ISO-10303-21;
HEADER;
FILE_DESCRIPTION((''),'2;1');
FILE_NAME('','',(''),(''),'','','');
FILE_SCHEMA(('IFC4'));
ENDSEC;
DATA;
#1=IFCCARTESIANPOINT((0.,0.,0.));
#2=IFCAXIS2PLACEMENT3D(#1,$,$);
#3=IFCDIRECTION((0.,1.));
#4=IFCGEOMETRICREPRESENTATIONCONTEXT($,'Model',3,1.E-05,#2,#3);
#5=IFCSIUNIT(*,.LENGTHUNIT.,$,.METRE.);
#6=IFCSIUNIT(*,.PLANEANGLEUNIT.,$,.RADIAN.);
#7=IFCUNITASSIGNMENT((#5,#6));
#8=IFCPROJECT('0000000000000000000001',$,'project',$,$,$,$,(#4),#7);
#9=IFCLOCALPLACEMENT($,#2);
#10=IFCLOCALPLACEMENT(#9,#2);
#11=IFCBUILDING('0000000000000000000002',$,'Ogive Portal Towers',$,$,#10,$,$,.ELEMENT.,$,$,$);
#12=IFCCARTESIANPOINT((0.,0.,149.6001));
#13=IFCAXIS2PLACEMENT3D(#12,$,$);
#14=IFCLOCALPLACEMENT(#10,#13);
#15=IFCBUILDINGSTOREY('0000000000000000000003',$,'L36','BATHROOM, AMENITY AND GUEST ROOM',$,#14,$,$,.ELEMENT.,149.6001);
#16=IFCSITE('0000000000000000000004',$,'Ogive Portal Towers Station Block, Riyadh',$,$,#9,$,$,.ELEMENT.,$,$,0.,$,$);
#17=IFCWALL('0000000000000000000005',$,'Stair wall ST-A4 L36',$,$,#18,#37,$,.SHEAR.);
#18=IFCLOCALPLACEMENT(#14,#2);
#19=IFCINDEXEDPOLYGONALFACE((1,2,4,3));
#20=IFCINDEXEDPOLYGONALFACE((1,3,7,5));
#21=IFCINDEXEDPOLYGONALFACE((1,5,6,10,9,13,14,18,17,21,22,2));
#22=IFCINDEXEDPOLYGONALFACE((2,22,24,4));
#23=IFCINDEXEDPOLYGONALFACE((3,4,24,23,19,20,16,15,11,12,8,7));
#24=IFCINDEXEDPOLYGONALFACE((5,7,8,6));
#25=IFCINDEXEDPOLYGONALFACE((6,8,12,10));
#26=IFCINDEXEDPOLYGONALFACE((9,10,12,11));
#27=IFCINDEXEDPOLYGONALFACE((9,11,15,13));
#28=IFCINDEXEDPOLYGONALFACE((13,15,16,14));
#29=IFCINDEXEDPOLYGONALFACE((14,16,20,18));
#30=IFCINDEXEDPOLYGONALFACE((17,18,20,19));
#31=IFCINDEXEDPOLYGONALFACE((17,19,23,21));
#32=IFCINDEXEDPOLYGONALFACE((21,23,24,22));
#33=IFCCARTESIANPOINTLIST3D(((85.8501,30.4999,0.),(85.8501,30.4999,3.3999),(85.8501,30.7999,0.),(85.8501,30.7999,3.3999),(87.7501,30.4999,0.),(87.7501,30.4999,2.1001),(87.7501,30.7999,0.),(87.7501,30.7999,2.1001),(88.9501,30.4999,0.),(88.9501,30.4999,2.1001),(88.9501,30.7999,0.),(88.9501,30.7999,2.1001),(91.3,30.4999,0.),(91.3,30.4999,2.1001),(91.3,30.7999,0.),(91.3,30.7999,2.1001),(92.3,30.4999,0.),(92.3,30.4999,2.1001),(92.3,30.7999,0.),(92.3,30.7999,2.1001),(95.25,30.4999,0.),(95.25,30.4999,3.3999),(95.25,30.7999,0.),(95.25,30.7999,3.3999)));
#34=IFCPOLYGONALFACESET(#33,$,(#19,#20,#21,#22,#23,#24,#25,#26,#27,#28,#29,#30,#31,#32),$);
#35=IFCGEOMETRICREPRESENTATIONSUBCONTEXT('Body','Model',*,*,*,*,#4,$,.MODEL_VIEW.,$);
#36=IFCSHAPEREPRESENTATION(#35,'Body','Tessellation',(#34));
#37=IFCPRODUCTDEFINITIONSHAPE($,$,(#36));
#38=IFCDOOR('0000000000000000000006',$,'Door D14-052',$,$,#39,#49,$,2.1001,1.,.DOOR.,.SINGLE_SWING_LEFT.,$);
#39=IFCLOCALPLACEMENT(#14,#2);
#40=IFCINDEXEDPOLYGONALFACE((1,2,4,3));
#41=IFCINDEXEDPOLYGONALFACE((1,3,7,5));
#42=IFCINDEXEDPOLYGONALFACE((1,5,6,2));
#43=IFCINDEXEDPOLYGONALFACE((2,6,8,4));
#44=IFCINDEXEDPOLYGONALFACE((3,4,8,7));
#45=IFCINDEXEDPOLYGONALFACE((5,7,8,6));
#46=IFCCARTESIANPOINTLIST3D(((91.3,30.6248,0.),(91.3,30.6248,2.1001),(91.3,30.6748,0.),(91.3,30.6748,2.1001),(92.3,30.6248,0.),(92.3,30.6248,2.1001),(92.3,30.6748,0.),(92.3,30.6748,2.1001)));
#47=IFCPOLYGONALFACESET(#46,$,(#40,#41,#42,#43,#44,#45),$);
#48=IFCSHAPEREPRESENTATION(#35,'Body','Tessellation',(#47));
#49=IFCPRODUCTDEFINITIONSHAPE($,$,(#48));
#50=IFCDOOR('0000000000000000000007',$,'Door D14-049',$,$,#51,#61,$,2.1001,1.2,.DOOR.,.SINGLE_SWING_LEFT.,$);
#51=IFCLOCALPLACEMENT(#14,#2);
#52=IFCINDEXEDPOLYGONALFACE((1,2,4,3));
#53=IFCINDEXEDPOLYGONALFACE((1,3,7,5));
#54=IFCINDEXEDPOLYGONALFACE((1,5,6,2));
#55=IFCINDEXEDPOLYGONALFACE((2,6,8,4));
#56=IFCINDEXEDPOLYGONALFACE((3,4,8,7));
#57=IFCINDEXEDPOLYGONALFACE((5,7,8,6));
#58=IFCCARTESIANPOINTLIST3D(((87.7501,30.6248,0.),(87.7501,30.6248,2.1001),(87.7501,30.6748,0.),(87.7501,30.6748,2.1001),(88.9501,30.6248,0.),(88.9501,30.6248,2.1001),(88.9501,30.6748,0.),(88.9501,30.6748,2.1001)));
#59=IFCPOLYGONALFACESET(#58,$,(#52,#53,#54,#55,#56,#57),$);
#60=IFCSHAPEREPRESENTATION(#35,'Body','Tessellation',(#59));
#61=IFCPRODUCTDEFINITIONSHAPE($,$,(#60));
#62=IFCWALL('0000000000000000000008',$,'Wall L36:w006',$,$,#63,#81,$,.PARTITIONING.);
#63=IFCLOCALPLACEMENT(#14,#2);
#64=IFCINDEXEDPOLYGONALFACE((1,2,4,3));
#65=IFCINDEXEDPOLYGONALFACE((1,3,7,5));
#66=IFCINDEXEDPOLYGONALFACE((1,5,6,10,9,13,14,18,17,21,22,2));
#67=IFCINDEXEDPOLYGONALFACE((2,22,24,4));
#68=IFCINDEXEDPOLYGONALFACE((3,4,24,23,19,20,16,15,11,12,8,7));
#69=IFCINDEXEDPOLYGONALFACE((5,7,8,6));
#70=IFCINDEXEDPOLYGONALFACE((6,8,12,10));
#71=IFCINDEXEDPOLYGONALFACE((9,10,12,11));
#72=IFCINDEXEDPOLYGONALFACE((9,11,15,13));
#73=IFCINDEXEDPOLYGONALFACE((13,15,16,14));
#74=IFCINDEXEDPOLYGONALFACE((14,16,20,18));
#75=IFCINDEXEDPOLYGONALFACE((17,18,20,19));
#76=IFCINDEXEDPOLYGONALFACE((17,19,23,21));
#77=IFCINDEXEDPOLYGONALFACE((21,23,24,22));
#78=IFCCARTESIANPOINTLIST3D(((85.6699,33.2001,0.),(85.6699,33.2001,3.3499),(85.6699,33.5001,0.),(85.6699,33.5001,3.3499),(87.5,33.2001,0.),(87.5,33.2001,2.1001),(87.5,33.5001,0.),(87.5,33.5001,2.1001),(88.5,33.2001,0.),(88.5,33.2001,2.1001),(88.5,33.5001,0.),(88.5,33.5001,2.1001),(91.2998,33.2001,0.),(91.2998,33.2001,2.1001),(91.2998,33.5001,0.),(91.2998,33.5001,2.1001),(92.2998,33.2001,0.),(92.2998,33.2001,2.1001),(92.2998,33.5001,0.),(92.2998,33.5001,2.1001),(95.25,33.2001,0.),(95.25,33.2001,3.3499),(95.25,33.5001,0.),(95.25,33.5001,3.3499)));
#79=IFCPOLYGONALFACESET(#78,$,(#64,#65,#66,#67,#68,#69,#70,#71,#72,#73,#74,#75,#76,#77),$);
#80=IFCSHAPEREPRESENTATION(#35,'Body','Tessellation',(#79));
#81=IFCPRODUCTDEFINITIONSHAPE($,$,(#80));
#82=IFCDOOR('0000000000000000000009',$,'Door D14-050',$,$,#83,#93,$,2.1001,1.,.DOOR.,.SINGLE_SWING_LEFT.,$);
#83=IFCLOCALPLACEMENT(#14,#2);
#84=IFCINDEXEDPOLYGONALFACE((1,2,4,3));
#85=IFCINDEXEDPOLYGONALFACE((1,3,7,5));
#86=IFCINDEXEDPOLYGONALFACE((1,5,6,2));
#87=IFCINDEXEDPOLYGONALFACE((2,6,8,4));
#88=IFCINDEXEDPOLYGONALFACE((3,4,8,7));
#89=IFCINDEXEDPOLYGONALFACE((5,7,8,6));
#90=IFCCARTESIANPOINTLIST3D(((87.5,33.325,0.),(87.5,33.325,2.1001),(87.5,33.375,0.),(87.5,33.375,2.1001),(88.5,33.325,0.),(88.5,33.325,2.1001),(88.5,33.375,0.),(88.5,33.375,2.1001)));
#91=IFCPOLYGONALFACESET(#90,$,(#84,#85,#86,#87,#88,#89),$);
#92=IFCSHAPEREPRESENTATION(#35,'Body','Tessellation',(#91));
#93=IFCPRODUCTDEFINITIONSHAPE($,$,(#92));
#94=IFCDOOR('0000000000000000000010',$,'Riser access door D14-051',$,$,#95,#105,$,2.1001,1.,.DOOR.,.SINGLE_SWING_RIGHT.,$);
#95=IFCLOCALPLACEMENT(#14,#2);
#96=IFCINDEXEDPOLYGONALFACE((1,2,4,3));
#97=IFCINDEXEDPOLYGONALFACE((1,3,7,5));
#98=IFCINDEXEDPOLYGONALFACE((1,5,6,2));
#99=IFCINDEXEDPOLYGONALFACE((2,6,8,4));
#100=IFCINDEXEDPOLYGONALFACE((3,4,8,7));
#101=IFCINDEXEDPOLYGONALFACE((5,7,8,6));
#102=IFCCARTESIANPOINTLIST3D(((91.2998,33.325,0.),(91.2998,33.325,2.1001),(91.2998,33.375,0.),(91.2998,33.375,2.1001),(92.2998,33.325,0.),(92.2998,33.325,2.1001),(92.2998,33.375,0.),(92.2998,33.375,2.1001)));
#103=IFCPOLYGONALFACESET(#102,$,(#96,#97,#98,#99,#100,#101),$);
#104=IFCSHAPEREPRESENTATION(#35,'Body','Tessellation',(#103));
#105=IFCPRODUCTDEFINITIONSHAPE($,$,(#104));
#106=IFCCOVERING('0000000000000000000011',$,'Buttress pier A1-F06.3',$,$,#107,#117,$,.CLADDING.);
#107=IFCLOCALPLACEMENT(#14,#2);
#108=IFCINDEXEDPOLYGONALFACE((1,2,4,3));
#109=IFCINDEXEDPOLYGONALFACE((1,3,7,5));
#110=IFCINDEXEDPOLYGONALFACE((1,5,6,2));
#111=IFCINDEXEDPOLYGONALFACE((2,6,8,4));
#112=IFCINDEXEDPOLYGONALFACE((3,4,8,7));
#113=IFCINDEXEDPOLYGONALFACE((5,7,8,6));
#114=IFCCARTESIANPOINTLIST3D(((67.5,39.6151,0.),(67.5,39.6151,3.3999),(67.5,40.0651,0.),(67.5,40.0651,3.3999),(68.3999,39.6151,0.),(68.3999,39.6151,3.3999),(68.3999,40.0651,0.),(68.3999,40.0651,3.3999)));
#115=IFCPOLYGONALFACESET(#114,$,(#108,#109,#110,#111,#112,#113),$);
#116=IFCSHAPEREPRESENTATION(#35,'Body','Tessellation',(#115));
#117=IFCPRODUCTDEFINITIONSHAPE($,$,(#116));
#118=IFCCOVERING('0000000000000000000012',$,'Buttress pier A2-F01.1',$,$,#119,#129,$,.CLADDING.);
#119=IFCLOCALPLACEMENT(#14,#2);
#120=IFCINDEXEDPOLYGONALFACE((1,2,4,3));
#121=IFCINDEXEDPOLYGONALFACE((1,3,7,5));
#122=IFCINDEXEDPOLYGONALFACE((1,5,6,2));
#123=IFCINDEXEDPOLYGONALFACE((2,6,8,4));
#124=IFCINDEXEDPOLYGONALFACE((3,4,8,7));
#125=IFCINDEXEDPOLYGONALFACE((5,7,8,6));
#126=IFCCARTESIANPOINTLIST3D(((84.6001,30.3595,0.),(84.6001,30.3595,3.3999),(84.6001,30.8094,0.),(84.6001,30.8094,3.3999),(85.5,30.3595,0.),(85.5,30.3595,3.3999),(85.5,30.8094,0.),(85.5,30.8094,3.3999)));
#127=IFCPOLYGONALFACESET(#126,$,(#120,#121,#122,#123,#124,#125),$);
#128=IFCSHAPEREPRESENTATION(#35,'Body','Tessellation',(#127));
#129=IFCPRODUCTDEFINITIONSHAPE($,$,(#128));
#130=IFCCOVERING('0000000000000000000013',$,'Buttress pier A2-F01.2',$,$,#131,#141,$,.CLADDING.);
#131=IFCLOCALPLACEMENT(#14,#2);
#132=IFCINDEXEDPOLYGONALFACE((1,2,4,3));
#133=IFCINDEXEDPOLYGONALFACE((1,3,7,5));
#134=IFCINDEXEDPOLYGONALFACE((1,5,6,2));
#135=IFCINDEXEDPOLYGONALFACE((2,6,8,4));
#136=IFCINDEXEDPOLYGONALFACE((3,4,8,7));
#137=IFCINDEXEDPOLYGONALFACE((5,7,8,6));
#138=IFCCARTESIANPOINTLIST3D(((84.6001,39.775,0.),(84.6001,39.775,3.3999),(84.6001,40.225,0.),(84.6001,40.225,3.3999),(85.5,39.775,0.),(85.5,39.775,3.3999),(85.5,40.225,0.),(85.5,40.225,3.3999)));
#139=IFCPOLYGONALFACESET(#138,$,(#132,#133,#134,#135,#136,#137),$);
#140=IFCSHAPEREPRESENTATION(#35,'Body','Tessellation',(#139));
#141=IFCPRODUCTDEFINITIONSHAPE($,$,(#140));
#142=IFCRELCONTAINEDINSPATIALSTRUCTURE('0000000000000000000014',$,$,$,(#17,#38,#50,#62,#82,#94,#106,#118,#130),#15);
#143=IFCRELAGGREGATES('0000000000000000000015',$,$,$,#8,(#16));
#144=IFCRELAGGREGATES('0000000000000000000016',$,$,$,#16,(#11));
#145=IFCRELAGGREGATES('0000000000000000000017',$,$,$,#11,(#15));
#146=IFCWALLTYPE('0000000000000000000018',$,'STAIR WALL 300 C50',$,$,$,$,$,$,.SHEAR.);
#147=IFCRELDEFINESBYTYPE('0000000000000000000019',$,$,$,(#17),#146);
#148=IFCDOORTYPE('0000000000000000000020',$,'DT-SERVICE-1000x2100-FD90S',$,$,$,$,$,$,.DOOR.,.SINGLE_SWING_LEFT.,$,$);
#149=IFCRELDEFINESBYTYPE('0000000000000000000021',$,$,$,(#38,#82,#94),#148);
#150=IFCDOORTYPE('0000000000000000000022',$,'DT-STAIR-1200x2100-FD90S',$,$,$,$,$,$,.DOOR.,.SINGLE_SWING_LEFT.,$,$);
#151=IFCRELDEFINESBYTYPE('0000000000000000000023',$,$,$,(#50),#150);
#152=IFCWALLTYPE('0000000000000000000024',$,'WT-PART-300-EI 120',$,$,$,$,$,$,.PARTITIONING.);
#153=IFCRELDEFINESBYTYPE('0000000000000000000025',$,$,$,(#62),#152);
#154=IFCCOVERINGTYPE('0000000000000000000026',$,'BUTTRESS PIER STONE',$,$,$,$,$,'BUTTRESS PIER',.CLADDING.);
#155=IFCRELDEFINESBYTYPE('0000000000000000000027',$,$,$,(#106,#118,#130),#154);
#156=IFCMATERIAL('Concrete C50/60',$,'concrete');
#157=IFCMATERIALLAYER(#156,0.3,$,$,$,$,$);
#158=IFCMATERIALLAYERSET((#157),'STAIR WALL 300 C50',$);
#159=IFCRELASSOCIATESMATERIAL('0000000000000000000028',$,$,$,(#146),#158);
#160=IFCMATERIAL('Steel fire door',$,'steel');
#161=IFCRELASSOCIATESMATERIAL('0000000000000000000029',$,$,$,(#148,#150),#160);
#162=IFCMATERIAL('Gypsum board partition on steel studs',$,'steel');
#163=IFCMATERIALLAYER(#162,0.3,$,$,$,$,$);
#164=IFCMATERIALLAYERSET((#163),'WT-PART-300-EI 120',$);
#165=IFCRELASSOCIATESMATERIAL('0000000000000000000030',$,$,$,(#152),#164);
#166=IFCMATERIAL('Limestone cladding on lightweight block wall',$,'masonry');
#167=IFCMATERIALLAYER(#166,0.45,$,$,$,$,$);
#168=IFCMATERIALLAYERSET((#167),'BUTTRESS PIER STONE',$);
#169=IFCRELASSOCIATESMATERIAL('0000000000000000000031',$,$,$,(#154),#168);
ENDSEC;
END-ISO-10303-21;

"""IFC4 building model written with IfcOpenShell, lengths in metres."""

from ifc_helpers import new_model, si_unit, direction, frame, frame_2d, origin, origin_2d, place, context, subcontext, project, spatial, rectangle, extrude, material, layer, layer_set, type_object, element, fill, save


model = new_model("IFC4")

# Units and contexts
model_context = context("Model", 3, precision=1e-05, world=origin(), true_north=direction((0.0, 1.0)))
body_context = subcontext(model_context, "Body", "Model", "MODEL_VIEW")
ifc_project = project(units=[si_unit("LENGTHUNIT", "METRE"), si_unit("PLANEANGLEUNIT", "RADIAN")], contexts=[model_context])

# Site, building, storey
site_placement = place(None, origin())
site = spatial("IfcSite", under=ifc_project, at=site_placement, Name="Ogive Portal Towers Station Block, Riyadh", CompositionType="ELEMENT", RefElevation=0.0)
building_placement = place(site_placement, origin())
building = spatial("IfcBuilding", under=site, at=building_placement, Name="Ogive Portal Towers", CompositionType="ELEMENT")
storey_placement = place(building_placement, frame((0.0, 0.0, 149.6001)))
storey = spatial("IfcBuildingStorey", under=building, at=storey_placement, Name="L36", Description="BATHROOM, AMENITY AND GUEST ROOM", CompositionType="ELEMENT", Elevation=149.6001)

# Walls, openings, doors
ifc_material_1 = material(Name="Concrete C50/60", Category="concrete")
ifc_layer_1 = layer(ifc_material_1, 0.3)
ifc_layer_set_1 = layer_set([ifc_layer_1], Name="STAIR WALL 300 C50")
wall_type_1 = type_object("IfcWallType", Name="STAIR WALL 300 C50", PredefinedType="SHEAR", material=ifc_layer_set_1)
wall_1_placement = place(storey_placement, frame((85.8501, 30.6499, 0.0), z_axis=(0.0, 0.0, 1.0), x_axis=(1.0, 0.0, 0.0)))
wall_1 = element("IfcWall", 1, at=wall_1_placement, inside=storey, type_object=wall_type_1, Name="Stair wall ST-A4 L36", PredefinedType="SHEAR", context=body_context, shape_type="SweptSolid", body=[
    extrude(rectangle(XDim=9.3999, YDim=0.3, at=frame_2d((4.7, 0.0))), origin(), (0.0, 0.0, 1.0), 3.3999),
])
opening_1_placement = place(wall_1_placement, frame((1.8999, 0.0, 0.0)))
opening_1 = element("IfcOpeningElement", 2, at=opening_1_placement, cuts=wall_1, PredefinedType="OPENING", context=body_context, shape_type="SweptSolid", body=[
    extrude(rectangle(XDim=1.2, YDim=2.1001, at=frame_2d((0.6001, 1.05))), frame((0.0, 0.1602, 0.0), z_axis=(0.0, -1.0, 0.0), x_axis=(1.0, 0.0, 0.0)), (0.0, 0.0, 1.0), 0.3201),
])
opening_2_placement = place(wall_1_placement, frame((5.45, 0.0, 0.0)))
opening_2 = element("IfcOpeningElement", 3, at=opening_2_placement, cuts=wall_1, PredefinedType="OPENING", context=body_context, shape_type="SweptSolid", body=[
    extrude(rectangle(XDim=1.0, YDim=2.1001, at=frame_2d((0.5, 1.05))), frame((0.0, 0.1602, 0.0), z_axis=(0.0, -1.0, 0.0), x_axis=(1.0, 0.0, 0.0)), (0.0, 0.0, 1.0), 0.3201),
])
ifc_material_2 = material(Name="Steel fire door", Category="steel")
door_type_1 = type_object("IfcDoorType", Name="DT-SERVICE-1000x2100-FD90S", OperationType="SINGLE_SWING_LEFT", PredefinedType="DOOR", material=ifc_material_2)
door_1_placement = place(opening_2_placement, origin())
door_1 = element("IfcDoor", 4, at=door_1_placement, inside=storey, type_object=door_type_1, Name="Door D14-052", OperationType="SINGLE_SWING_LEFT", OverallHeight=2.1001, OverallWidth=1.0, PredefinedType="DOOR", context=body_context, shape_type="SweptSolid", body=[
    extrude(rectangle(XDim=1.0, YDim=2.1001, at=frame_2d((0.5, 1.05))), frame((0.0, 0.0249, 0.0), z_axis=(0.0, -1.0, 0.0), x_axis=(1.0, 0.0, 0.0)), (0.0, 0.0, 1.0), 0.05),
])
fill(opening_2, door_1)
door_type_2 = type_object("IfcDoorType", Name="DT-STAIR-1200x2100-FD90S", OperationType="SINGLE_SWING_LEFT", PredefinedType="DOOR", material=ifc_material_2)
door_2_placement = place(opening_1_placement, origin())
door_2 = element("IfcDoor", 5, at=door_2_placement, inside=storey, type_object=door_type_2, Name="Door D14-049", OperationType="SINGLE_SWING_LEFT", OverallHeight=2.1001, OverallWidth=1.2, PredefinedType="DOOR", context=body_context, shape_type="SweptSolid", body=[
    extrude(rectangle(XDim=1.2, YDim=2.1001, at=frame_2d((0.6001, 1.05))), frame((0.0, 0.0249, 0.0), z_axis=(0.0, -1.0, 0.0), x_axis=(1.0, 0.0, 0.0)), (0.0, 0.0, 1.0), 0.05),
])
fill(opening_1, door_2)
ifc_material_3 = material(Name="Gypsum board partition on steel studs", Category="steel")
ifc_layer_2 = layer(ifc_material_3, 0.3)
ifc_layer_set_2 = layer_set([ifc_layer_2], Name="WT-PART-300-EI 120")
wall_type_2 = type_object("IfcWallType", Name="WT-PART-300-EI 120", PredefinedType="PARTITIONING", material=ifc_layer_set_2)
wall_2_placement = place(storey_placement, frame((85.6699, 33.3501, 0.0), z_axis=(0.0, 0.0, 1.0), x_axis=(1.0, 0.0, 0.0)))
wall_2 = element("IfcWall", 6, at=wall_2_placement, inside=storey, type_object=wall_type_2, Name="Wall L36:w006", PredefinedType="PARTITIONING", context=body_context, shape_type="SweptSolid", body=[
    extrude(rectangle(XDim=9.5801, YDim=0.3, at=frame_2d((4.79, 0.0))), origin(), (0.0, 0.0, 1.0), 3.3499),
])
opening_3_placement = place(wall_2_placement, frame((1.8301, 0.0, 0.0)))
opening_3 = element("IfcOpeningElement", 7, at=opening_3_placement, cuts=wall_2, PredefinedType="OPENING", context=body_context, shape_type="SweptSolid", body=[
    extrude(rectangle(XDim=1.0, YDim=2.1001, at=frame_2d((0.5, 1.05))), frame((0.0, 0.1602, 0.0), z_axis=(0.0, -1.0, 0.0), x_axis=(1.0, 0.0, 0.0)), (0.0, 0.0, 1.0), 0.3201),
])
opening_4_placement = place(wall_2_placement, frame((5.6299, 0.0, 0.0)))
opening_4 = element("IfcOpeningElement", 8, at=opening_4_placement, cuts=wall_2, PredefinedType="OPENING", context=body_context, shape_type="SweptSolid", body=[
    extrude(rectangle(XDim=1.0, YDim=2.1001, at=frame_2d((0.5, 1.05))), frame((0.0, 0.1602, 0.0), z_axis=(0.0, -1.0, 0.0), x_axis=(1.0, 0.0, 0.0)), (0.0, 0.0, 1.0), 0.3201),
])
door_3_placement = place(opening_3_placement, origin())
door_3 = element("IfcDoor", 9, at=door_3_placement, inside=storey, type_object=door_type_1, Name="Door D14-050", OperationType="SINGLE_SWING_LEFT", OverallHeight=2.1001, OverallWidth=1.0, PredefinedType="DOOR", context=body_context, shape_type="SweptSolid", body=[
    extrude(rectangle(XDim=1.0, YDim=2.1001, at=frame_2d((0.5, 1.05))), frame((0.0, 0.0249, 0.0), z_axis=(0.0, -1.0, 0.0), x_axis=(1.0, 0.0, 0.0)), (0.0, 0.0, 1.0), 0.05),
])
fill(opening_3, door_3)
door_4_placement = place(opening_4_placement, origin())
door_4 = element("IfcDoor", 10, at=door_4_placement, inside=storey, type_object=door_type_1, Name="Riser access door D14-051", OperationType="SINGLE_SWING_RIGHT", OverallHeight=2.1001, OverallWidth=1.0, PredefinedType="DOOR", context=body_context, shape_type="SweptSolid", body=[
    extrude(rectangle(XDim=1.0, YDim=2.1001, at=frame_2d((0.5, 1.05))), frame((0.0, 0.0249, 0.0), z_axis=(0.0, -1.0, 0.0), x_axis=(1.0, 0.0, 0.0)), (0.0, 0.0, 1.0), 0.05),
])
fill(opening_4, door_4)

# Coverings
ifc_material_4 = material(Name="Limestone cladding on lightweight block wall", Category="masonry")
ifc_layer_3 = layer(ifc_material_4, 0.45)
ifc_layer_set_3 = layer_set([ifc_layer_3], Name="BUTTRESS PIER STONE")
covering_type = type_object("IfcCoveringType", Name="BUTTRESS PIER STONE", ElementType="BUTTRESS PIER", PredefinedType="CLADDING", material=ifc_layer_set_3)
for number, where, z_axis, x_axis, name in (
    (11, (67.95, 39.8401, 0.0), (0.0, 0.0, 1.0), (1.0, 0.0, 0.0), "Buttress pier A1-F06.3"),
    (12, (85.05, 30.5845, 0.0), (0.0, 0.0, 1.0), (1.0, 0.0, 0.0), "Buttress pier A2-F01.1"),
    (13, (85.05, 40.0, 0.0), (0.0, 0.0, 1.0), (1.0, 0.0, 0.0), "Buttress pier A2-F01.2"),
):
    element("IfcCovering", number, at=place(storey_placement, frame(where, z_axis=z_axis, x_axis=x_axis)), inside=storey, type_object=covering_type, Name=name, PredefinedType="CLADDING", context=body_context, shape_type="SweptSolid", body=[
        extrude(rectangle(XDim=0.8999, YDim=0.45, at=origin_2d()), origin(), (0.0, 0.0, 1.0), 3.3999),
    ])

save(model, "model.ifc")
